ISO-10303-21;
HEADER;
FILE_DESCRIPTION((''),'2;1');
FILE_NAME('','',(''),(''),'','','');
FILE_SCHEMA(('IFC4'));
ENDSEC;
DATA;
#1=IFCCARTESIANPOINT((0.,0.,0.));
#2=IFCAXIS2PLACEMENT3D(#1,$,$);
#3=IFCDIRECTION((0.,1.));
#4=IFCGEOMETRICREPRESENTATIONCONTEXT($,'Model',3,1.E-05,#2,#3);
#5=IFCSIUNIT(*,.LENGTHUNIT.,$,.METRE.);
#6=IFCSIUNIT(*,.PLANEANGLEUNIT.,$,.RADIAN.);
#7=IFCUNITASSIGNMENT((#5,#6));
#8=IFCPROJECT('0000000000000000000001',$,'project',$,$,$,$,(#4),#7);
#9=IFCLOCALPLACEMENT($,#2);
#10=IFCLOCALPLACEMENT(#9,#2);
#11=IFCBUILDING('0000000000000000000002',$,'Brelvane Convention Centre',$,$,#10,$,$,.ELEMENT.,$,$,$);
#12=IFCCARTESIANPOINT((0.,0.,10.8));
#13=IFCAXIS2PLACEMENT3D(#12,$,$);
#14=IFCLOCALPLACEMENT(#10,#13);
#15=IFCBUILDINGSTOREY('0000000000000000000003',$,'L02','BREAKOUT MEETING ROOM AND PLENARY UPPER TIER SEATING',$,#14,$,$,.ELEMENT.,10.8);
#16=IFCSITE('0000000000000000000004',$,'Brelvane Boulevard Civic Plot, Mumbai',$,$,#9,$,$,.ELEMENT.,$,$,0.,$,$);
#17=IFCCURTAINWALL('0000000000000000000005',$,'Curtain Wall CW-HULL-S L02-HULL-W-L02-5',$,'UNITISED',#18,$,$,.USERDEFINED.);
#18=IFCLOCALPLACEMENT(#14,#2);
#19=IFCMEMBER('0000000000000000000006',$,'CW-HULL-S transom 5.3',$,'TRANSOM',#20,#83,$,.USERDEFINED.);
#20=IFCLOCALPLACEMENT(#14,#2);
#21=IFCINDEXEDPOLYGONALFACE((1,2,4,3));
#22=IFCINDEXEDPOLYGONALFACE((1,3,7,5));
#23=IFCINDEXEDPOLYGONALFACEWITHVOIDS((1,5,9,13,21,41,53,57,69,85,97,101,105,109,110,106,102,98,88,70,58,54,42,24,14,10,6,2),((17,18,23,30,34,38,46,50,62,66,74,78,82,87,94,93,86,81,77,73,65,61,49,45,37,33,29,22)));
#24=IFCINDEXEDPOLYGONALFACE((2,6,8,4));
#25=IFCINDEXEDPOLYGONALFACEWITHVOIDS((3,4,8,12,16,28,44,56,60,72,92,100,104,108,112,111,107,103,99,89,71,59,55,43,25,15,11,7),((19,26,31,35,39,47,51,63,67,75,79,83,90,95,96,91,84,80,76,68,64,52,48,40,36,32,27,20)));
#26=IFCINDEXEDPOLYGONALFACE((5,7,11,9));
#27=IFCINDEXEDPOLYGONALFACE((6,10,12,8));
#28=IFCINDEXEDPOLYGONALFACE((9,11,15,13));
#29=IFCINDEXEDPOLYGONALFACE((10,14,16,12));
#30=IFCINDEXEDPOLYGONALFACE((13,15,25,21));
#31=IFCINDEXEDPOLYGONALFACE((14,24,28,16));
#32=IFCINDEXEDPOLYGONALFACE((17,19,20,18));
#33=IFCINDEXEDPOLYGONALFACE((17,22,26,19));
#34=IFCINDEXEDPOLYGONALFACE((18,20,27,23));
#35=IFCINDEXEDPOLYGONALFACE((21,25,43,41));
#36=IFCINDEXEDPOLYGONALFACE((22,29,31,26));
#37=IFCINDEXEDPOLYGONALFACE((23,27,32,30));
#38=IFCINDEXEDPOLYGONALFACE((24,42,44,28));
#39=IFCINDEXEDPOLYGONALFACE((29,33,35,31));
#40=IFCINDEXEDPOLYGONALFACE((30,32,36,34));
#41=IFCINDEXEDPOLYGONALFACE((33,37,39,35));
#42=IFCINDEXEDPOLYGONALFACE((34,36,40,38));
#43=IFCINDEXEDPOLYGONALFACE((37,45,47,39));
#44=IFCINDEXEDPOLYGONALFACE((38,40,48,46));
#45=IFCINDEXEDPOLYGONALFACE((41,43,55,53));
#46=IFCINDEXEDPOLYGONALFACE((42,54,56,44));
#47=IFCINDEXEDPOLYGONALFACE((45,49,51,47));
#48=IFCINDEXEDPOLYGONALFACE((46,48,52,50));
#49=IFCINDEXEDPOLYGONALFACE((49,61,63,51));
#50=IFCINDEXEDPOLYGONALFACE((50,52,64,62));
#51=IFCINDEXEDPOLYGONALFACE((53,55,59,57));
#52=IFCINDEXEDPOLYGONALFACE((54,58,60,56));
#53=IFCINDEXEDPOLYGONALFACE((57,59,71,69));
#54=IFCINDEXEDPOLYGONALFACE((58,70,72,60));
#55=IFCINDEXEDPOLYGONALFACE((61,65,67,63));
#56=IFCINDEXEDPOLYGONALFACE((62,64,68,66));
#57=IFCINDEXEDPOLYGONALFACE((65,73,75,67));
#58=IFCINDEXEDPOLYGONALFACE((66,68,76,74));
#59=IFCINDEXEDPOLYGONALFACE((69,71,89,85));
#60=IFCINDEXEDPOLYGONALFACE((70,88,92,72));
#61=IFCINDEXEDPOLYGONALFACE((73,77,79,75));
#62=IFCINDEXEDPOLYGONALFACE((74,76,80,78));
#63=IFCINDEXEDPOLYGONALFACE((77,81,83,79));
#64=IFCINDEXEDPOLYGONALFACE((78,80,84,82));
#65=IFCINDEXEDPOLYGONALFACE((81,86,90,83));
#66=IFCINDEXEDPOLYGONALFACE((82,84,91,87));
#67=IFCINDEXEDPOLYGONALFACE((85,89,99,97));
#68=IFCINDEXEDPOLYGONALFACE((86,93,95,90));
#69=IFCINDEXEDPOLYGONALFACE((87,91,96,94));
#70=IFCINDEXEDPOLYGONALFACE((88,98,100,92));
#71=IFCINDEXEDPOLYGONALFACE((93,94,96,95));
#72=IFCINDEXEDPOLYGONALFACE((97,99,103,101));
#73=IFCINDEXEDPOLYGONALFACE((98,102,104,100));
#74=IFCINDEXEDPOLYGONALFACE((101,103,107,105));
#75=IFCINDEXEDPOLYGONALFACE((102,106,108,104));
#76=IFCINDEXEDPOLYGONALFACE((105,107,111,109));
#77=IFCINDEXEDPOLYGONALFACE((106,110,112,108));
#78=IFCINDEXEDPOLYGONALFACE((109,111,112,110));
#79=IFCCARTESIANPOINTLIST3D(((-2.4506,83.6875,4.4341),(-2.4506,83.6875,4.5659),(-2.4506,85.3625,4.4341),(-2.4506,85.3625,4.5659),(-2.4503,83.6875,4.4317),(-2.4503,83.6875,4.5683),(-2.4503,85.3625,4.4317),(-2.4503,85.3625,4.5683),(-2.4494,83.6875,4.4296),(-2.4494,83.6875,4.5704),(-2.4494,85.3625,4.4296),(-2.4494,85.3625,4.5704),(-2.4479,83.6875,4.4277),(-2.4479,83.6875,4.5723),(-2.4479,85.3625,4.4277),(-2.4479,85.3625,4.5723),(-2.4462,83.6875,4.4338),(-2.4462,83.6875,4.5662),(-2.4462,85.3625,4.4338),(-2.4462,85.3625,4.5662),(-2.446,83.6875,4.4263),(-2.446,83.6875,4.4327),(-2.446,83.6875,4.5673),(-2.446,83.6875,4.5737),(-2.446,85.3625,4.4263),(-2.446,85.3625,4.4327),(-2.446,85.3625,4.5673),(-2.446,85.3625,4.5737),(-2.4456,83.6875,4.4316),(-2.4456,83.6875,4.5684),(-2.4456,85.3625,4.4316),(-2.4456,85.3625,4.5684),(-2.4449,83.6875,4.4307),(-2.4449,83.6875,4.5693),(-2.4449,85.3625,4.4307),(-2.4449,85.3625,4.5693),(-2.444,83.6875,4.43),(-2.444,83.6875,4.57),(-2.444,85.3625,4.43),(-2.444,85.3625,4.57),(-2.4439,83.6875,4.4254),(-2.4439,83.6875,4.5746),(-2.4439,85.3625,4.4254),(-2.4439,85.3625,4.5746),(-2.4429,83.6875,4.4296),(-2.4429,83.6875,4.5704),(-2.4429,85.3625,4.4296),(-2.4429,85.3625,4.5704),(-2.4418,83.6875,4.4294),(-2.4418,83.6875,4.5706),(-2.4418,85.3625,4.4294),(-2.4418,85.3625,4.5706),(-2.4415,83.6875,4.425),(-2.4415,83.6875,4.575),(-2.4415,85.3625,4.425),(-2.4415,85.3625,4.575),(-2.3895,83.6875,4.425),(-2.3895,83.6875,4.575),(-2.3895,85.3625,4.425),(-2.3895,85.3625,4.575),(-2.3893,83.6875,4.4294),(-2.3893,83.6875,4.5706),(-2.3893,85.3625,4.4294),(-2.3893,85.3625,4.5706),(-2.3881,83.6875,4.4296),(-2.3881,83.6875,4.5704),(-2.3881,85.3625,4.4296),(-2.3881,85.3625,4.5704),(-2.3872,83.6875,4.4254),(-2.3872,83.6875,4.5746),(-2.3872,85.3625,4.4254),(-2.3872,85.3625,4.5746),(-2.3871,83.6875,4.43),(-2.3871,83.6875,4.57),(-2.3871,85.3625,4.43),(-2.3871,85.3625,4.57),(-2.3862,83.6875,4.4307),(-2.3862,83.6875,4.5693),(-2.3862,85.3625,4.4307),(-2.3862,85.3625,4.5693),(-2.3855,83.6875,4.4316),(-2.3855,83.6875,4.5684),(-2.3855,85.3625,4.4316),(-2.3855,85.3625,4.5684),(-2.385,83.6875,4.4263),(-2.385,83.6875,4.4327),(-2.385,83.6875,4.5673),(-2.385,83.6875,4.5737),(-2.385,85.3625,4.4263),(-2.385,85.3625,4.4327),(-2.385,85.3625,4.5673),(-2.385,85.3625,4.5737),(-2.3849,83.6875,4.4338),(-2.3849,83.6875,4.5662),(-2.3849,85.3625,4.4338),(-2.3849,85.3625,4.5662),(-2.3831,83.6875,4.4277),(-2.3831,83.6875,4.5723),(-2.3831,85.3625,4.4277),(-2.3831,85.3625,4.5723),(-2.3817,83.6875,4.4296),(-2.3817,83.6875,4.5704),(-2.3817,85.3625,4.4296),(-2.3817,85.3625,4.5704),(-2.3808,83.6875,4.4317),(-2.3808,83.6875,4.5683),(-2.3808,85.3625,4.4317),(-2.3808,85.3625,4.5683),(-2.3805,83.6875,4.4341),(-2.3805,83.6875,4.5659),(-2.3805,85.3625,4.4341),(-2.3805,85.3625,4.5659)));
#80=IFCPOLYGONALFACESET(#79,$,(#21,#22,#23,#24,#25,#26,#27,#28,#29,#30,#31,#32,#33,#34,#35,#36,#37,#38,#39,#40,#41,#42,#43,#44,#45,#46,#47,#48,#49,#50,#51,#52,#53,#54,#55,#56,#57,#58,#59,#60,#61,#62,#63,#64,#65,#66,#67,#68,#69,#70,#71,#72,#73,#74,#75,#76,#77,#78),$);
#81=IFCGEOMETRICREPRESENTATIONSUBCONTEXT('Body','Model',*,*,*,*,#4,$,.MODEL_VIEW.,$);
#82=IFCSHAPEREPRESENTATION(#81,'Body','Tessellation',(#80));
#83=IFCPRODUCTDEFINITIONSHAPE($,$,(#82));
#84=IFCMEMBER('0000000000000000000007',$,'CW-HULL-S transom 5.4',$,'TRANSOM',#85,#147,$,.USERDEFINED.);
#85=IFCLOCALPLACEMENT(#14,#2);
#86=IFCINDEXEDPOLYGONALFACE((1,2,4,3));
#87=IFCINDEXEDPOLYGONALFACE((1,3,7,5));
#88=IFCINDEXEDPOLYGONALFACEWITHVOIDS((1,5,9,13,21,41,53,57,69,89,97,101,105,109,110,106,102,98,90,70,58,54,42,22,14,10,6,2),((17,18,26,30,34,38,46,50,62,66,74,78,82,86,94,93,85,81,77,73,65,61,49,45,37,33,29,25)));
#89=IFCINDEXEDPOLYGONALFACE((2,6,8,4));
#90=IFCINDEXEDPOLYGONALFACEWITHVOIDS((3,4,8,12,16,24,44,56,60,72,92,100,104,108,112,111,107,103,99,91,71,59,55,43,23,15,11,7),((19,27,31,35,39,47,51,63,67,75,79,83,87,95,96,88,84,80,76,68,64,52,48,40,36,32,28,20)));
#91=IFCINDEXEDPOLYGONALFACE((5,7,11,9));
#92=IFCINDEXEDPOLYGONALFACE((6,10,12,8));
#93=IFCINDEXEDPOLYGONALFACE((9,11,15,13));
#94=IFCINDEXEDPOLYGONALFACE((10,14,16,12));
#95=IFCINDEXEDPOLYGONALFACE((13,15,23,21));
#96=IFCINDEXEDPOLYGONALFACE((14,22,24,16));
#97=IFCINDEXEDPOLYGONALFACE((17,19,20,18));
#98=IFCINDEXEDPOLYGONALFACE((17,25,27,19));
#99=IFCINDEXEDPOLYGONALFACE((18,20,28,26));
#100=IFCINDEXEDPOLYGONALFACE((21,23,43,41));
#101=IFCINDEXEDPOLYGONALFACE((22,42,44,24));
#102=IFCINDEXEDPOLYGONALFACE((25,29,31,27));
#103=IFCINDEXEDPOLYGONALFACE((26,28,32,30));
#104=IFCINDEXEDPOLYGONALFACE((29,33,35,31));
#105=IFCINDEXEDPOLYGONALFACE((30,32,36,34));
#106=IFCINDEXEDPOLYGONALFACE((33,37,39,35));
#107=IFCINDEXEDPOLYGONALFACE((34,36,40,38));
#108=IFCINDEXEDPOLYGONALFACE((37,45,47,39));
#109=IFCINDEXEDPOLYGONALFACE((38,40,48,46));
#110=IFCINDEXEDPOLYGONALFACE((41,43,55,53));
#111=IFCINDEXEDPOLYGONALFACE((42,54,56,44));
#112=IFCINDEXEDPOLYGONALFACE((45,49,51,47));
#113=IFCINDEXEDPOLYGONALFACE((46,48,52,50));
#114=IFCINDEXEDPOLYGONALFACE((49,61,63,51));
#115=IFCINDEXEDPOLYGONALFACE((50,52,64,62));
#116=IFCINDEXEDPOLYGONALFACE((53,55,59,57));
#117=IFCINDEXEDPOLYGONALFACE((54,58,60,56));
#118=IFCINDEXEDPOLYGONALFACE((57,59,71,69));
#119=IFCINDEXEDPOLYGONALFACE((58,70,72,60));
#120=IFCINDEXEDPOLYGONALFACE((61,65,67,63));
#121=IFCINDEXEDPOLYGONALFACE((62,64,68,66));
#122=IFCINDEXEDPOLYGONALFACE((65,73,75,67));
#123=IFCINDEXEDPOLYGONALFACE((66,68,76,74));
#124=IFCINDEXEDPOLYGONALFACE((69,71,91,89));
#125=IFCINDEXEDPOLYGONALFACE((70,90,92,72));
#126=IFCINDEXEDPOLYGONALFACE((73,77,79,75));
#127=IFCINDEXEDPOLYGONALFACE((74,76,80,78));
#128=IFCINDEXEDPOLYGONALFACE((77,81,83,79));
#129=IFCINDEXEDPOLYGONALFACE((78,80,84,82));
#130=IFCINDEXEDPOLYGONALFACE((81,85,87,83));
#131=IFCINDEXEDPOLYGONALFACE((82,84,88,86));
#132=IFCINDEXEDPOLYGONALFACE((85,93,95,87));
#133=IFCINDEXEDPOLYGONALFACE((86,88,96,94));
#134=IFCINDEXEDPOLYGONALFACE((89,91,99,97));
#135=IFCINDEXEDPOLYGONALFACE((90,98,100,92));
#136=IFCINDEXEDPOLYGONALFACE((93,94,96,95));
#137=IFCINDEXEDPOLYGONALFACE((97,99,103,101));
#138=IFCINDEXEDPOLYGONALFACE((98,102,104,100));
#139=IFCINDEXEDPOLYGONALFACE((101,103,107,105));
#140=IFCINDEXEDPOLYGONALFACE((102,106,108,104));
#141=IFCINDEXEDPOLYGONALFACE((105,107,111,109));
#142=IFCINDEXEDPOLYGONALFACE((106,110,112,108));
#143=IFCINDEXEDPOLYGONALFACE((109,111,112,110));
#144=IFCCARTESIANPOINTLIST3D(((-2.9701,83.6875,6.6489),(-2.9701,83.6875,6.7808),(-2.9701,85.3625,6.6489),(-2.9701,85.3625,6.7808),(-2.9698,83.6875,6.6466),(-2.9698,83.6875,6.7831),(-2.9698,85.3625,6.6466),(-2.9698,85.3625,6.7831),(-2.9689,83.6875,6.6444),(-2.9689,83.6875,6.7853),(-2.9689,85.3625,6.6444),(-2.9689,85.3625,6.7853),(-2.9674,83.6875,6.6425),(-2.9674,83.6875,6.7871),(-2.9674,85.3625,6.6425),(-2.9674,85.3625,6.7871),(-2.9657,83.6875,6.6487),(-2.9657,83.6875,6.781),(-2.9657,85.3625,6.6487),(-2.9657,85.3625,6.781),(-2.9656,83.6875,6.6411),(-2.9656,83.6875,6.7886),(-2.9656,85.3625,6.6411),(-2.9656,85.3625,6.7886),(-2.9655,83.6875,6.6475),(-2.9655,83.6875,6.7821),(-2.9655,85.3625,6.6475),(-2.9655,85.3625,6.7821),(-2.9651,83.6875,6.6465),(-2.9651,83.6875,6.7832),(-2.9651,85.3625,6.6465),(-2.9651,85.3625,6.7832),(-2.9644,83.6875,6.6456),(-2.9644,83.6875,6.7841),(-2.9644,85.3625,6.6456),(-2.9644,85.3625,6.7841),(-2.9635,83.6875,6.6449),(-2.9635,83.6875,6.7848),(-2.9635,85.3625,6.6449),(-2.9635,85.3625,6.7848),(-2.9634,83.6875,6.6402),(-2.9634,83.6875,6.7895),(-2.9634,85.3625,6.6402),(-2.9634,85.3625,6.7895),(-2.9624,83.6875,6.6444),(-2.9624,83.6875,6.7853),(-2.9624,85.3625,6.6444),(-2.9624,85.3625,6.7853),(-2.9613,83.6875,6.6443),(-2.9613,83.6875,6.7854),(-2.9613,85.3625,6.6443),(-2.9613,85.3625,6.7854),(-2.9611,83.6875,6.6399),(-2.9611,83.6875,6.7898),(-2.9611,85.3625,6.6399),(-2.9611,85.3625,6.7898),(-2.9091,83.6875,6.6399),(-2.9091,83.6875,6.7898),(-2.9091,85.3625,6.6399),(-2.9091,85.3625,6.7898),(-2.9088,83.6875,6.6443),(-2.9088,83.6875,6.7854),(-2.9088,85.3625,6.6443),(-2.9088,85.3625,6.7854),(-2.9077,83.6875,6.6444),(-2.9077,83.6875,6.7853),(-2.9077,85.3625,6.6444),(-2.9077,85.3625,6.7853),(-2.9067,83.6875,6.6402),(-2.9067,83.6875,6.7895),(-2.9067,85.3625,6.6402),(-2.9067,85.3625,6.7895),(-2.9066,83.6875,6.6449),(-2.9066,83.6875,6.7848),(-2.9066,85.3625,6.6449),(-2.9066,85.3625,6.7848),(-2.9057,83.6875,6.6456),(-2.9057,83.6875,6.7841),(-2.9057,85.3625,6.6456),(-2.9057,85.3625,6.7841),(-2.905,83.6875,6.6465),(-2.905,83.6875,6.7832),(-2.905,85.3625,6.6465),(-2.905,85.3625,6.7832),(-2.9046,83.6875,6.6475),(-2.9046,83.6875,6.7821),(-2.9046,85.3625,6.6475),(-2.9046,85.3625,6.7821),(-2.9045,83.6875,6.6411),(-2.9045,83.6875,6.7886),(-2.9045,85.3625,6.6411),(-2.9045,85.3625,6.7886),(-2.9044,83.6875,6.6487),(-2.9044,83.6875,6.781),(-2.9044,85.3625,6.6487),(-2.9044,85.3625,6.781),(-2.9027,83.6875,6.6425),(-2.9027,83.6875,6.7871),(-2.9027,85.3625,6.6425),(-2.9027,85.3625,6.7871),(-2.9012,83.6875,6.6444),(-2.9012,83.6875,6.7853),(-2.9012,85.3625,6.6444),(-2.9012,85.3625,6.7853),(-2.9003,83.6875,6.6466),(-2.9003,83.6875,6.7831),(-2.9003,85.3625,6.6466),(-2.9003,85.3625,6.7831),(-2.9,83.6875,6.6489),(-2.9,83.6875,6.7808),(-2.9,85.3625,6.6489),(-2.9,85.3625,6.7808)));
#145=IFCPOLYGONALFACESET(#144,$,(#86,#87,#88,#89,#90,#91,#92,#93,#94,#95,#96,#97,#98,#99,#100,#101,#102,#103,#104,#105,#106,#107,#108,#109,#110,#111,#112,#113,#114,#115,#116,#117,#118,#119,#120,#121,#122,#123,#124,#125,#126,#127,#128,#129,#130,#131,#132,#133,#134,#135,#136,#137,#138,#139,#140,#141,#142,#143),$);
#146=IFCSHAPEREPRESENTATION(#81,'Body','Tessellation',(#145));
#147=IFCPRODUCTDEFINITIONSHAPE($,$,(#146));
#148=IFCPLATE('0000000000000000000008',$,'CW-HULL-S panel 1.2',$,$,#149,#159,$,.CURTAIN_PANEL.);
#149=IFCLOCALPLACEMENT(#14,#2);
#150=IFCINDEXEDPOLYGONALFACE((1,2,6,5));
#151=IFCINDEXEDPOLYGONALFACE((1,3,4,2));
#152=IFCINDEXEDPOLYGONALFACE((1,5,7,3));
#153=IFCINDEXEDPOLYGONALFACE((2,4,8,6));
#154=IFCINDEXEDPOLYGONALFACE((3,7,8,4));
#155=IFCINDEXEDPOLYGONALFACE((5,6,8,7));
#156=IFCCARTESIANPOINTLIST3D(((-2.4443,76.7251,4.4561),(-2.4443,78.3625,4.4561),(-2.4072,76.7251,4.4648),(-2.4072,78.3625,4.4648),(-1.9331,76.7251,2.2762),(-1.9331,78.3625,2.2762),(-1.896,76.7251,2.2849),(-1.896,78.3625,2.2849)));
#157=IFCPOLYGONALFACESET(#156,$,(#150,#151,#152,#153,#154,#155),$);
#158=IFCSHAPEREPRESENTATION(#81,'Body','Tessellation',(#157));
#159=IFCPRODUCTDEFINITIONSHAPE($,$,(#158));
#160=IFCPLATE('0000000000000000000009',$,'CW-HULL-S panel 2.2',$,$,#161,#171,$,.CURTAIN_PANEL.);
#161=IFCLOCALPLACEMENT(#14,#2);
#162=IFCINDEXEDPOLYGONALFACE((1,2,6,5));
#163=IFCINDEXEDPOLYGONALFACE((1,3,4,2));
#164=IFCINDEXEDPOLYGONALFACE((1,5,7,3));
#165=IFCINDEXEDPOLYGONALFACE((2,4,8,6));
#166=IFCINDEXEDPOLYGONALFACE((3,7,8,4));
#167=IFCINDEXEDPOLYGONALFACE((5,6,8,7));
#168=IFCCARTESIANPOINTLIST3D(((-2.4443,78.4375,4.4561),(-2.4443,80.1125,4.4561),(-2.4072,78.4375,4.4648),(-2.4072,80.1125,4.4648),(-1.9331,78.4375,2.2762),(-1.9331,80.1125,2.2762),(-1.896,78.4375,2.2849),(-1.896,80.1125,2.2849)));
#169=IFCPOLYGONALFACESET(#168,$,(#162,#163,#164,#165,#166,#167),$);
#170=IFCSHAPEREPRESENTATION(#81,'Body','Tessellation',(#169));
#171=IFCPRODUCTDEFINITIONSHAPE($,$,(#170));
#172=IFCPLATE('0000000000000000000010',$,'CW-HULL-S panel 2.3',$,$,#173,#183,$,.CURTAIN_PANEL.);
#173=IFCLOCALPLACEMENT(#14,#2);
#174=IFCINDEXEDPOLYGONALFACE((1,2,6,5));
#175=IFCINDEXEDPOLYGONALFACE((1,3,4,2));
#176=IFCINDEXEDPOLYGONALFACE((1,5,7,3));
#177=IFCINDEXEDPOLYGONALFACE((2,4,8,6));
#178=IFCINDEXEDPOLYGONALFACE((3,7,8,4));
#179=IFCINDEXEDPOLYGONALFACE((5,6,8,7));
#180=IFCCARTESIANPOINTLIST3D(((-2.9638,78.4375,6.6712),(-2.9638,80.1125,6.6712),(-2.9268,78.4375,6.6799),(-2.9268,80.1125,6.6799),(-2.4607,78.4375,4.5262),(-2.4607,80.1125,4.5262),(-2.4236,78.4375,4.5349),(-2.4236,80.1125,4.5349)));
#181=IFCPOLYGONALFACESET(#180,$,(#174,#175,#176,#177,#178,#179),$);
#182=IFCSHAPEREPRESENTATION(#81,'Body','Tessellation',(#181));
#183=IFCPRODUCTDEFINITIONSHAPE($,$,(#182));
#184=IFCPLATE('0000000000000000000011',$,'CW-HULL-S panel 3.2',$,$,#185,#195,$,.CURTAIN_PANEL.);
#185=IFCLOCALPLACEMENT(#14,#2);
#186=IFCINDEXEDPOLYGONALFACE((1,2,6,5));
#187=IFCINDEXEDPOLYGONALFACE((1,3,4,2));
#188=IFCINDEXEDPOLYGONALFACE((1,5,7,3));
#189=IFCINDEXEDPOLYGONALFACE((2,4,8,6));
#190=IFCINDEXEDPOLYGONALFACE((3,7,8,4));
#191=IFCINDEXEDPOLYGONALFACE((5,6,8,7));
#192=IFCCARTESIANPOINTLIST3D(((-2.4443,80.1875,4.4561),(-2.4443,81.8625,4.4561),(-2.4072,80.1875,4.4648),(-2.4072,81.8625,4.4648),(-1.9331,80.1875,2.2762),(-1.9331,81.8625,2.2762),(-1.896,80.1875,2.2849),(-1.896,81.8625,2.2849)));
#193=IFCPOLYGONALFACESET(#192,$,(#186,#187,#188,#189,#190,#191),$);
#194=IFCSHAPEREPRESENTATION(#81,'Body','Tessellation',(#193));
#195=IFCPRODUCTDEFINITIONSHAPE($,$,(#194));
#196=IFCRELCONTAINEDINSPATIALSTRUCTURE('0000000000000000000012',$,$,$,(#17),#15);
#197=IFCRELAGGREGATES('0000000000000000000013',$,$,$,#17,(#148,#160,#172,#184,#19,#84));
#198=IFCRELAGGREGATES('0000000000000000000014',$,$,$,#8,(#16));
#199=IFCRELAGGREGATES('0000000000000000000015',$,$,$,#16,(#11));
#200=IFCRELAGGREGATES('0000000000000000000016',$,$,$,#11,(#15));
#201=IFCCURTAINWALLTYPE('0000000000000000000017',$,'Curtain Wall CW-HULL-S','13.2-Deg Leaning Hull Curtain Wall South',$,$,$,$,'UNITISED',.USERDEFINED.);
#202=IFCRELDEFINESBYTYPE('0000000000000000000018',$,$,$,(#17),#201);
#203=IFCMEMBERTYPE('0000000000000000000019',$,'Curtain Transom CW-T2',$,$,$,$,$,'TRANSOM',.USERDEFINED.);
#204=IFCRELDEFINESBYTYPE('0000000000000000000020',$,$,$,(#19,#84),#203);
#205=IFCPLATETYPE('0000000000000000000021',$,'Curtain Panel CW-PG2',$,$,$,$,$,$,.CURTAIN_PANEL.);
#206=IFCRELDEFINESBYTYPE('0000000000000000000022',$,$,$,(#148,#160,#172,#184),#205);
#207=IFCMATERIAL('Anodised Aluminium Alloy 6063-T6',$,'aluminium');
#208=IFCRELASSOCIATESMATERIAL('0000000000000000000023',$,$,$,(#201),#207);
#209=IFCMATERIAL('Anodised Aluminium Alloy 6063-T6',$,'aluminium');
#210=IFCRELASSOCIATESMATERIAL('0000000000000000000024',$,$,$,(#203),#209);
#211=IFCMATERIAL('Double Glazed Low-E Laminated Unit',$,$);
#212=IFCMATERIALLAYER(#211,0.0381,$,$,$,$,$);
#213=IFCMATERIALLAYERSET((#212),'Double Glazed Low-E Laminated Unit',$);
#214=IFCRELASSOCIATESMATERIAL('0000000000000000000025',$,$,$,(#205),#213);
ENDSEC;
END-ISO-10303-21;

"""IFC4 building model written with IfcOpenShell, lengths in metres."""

from ifc_helpers import new_model, si_unit, direction, frame, origin, origin_2d, place, context, subcontext, project, spatial, polyline, hollow_rectangle, outline, extrude, material, layer, layer_set, material_profile, profile_set, type_object, element, aggregate, save


model = new_model("IFC4")

# Units and contexts
model_context = context("Model", 3, precision=1e-05, world=origin(), true_north=direction((0.0, 1.0)))
body_context = subcontext(model_context, "Body", "Model", "MODEL_VIEW")
ifc_project = project(units=[si_unit("LENGTHUNIT", "METRE"), si_unit("PLANEANGLEUNIT", "RADIAN")], contexts=[model_context])

# Site, building, storey
site_placement = place(None, origin())
site = spatial("IfcSite", under=ifc_project, at=site_placement, Name="Brelvane Boulevard Civic Plot, Mumbai", CompositionType="ELEMENT", RefElevation=0.0)
building_placement = place(site_placement, origin())
building = spatial("IfcBuilding", under=site, at=building_placement, Name="Brelvane Convention Centre", CompositionType="ELEMENT")
storey_placement = place(building_placement, frame((0.0, 0.0, 10.8)))
storey = spatial("IfcBuildingStorey", under=building, at=storey_placement, Name="L02", Description="BREAKOUT MEETING ROOM AND PLENARY UPPER TIER SEATING", CompositionType="ELEMENT", Elevation=10.8)

# Curtain wall, members, plates
ifc_material_1 = material(Name="Anodised Aluminium Alloy 6063-T6", Category="aluminium")
curtain_wall_type = type_object("IfcCurtainWallType", Name="Curtain Wall CW-HULL-S", Description="13.2-Deg Leaning Hull Curtain Wall South", ElementType="UNITISED", PredefinedType="USERDEFINED", material=ifc_material_1)
curtain_wall_placement = place(storey_placement, origin())
curtain_wall = element("IfcCurtainWall", 1, at=curtain_wall_placement, inside=storey, type_object=curtain_wall_type, Name="Curtain Wall CW-HULL-S L02-HULL-W-L02-5", ObjectType="UNITISED", PredefinedType="USERDEFINED")
ifc_material_2 = material(Name="Anodised Aluminium Alloy 6063-T6", Category="aluminium")
ifc_material_profile_1 = material_profile(ifc_material_2, hollow_rectangle(XDim=0.0701, YDim=0.1499, WallThickness=0.0044, InnerFilletRadius=0.0044, OuterFilletRadius=0.009, at=origin_2d()), Name="ALU-T 150x70x4.5")
ifc_profile_set_1 = profile_set([ifc_material_profile_1], Name="Anodised Aluminium Alloy 6063-T6")
member_type_1 = type_object("IfcMemberType", Name="Curtain Transom CW-T2", ElementType="TRANSOM", PredefinedType="USERDEFINED", material=ifc_profile_set_1)
member_1_placement = place(storey_placement, frame((-2.4155, 83.6875, 4.5), z_axis=(0.0, 1.0, 0.0), x_axis=(-1.0, 0.0, 0.0)))
member_1 = element("IfcMember", 2, at=member_1_placement, type_object=member_type_1, Name="CW-HULL-S transom 5.3", ObjectType="TRANSOM", PredefinedType="USERDEFINED", context=body_context, shape_type="SweptSolid", body=[
    extrude(hollow_rectangle(XDim=0.0701, YDim=0.1499, WallThickness=0.0044, InnerFilletRadius=0.0044, OuterFilletRadius=0.009, at=origin_2d()), origin(), (0.0, 0.0, 1.0), 1.675),
])
member_2_placement = place(storey_placement, frame((-2.9351, 83.6875, 6.7148), z_axis=(0.0, 1.0, 0.0), x_axis=(-1.0, 0.0, 0.0)))
member_2 = element("IfcMember", 3, at=member_2_placement, type_object=member_type_1, Name="CW-HULL-S transom 5.4", ObjectType="TRANSOM", PredefinedType="USERDEFINED", context=body_context, shape_type="SweptSolid", body=[
    extrude(hollow_rectangle(XDim=0.0701, YDim=0.1499, WallThickness=0.0044, InnerFilletRadius=0.0044, OuterFilletRadius=0.009, at=origin_2d()), origin(), (0.0, 0.0, 1.0), 1.675),
])
ifc_material_3 = material(Name="Double Glazed Low-E Laminated Unit")
ifc_layer_1 = layer(ifc_material_3, 0.0381)
ifc_layer_set_1 = layer_set([ifc_layer_1], Name="Double Glazed Low-E Laminated Unit")
plate_type_1 = type_object("IfcPlateType", Name="Curtain Panel CW-PG2", PredefinedType="CURTAIN_PANEL", material=ifc_layer_set_1)
plate_1_placement = place(storey_placement, frame((-1.896, 76.7251, 2.2849), z_axis=(0.973586, 0.0, 0.228322), x_axis=(0.0, 1.0, 0.0)))
plate_1 = element("IfcPlate", 4, at=plate_1_placement, type_object=plate_type_1, Name="CW-HULL-S panel 1.2", PredefinedType="CURTAIN_PANEL", context=body_context, shape_type="SweptSolid", body=[
    extrude(outline(polyline([(0.0, 0.0), (1.6375, 0.0), (1.6375, 2.2391), (0.0, 2.2391), (0.0, 0.0)])), origin(), (0.0, 0.0, -1.0), 0.0381),
])
plate_2_placement = place(storey_placement, frame((-1.896, 78.4375, 2.2849), z_axis=(0.973586, 0.0, 0.228322), x_axis=(0.0, 1.0, 0.0)))
plate_2 = element("IfcPlate", 5, at=plate_2_placement, type_object=plate_type_1, Name="CW-HULL-S panel 2.2", PredefinedType="CURTAIN_PANEL", context=body_context, shape_type="SweptSolid", body=[
    extrude(outline(polyline([(0.0, 0.0), (1.675, 0.0), (1.675, 2.2391), (0.0, 2.2391), (0.0, 0.0)])), origin(), (0.0, 0.0, -1.0), 0.0381),
])
plate_3_placement = place(storey_placement, frame((-2.4236, 78.4375, 4.5349), z_axis=(0.973572, 0.0, 0.228378), x_axis=(0.0, 1.0, 0.0)))
plate_3 = element("IfcPlate", 6, at=plate_3_placement, type_object=plate_type_1, Name="CW-HULL-S panel 2.3", PredefinedType="CURTAIN_PANEL", context=body_context, shape_type="SweptSolid", body=[
    extrude(outline(polyline([(0.0, 0.0), (1.675, 0.0), (1.675, 2.2032), (0.0, 2.2032), (0.0, 0.0)])), origin(), (0.0, 0.0, -1.0), 0.0381),
])
plate_4_placement = place(storey_placement, frame((-1.896, 80.1875, 2.2849), z_axis=(0.973586, 0.0, 0.228322), x_axis=(0.0, 1.0, 0.0)))
plate_4 = element("IfcPlate", 7, at=plate_4_placement, type_object=plate_type_1, Name="CW-HULL-S panel 3.2", PredefinedType="CURTAIN_PANEL", context=body_context, shape_type="SweptSolid", body=[
    extrude(outline(polyline([(0.0, 0.0), (1.675, 0.0), (1.675, 2.2391), (0.0, 2.2391), (0.0, 0.0)])), origin(), (0.0, 0.0, -1.0), 0.0381),
])
aggregate(curtain_wall, [plate_1, plate_2, plate_3, plate_4, member_1, member_2])

save(model, "model.ifc")
